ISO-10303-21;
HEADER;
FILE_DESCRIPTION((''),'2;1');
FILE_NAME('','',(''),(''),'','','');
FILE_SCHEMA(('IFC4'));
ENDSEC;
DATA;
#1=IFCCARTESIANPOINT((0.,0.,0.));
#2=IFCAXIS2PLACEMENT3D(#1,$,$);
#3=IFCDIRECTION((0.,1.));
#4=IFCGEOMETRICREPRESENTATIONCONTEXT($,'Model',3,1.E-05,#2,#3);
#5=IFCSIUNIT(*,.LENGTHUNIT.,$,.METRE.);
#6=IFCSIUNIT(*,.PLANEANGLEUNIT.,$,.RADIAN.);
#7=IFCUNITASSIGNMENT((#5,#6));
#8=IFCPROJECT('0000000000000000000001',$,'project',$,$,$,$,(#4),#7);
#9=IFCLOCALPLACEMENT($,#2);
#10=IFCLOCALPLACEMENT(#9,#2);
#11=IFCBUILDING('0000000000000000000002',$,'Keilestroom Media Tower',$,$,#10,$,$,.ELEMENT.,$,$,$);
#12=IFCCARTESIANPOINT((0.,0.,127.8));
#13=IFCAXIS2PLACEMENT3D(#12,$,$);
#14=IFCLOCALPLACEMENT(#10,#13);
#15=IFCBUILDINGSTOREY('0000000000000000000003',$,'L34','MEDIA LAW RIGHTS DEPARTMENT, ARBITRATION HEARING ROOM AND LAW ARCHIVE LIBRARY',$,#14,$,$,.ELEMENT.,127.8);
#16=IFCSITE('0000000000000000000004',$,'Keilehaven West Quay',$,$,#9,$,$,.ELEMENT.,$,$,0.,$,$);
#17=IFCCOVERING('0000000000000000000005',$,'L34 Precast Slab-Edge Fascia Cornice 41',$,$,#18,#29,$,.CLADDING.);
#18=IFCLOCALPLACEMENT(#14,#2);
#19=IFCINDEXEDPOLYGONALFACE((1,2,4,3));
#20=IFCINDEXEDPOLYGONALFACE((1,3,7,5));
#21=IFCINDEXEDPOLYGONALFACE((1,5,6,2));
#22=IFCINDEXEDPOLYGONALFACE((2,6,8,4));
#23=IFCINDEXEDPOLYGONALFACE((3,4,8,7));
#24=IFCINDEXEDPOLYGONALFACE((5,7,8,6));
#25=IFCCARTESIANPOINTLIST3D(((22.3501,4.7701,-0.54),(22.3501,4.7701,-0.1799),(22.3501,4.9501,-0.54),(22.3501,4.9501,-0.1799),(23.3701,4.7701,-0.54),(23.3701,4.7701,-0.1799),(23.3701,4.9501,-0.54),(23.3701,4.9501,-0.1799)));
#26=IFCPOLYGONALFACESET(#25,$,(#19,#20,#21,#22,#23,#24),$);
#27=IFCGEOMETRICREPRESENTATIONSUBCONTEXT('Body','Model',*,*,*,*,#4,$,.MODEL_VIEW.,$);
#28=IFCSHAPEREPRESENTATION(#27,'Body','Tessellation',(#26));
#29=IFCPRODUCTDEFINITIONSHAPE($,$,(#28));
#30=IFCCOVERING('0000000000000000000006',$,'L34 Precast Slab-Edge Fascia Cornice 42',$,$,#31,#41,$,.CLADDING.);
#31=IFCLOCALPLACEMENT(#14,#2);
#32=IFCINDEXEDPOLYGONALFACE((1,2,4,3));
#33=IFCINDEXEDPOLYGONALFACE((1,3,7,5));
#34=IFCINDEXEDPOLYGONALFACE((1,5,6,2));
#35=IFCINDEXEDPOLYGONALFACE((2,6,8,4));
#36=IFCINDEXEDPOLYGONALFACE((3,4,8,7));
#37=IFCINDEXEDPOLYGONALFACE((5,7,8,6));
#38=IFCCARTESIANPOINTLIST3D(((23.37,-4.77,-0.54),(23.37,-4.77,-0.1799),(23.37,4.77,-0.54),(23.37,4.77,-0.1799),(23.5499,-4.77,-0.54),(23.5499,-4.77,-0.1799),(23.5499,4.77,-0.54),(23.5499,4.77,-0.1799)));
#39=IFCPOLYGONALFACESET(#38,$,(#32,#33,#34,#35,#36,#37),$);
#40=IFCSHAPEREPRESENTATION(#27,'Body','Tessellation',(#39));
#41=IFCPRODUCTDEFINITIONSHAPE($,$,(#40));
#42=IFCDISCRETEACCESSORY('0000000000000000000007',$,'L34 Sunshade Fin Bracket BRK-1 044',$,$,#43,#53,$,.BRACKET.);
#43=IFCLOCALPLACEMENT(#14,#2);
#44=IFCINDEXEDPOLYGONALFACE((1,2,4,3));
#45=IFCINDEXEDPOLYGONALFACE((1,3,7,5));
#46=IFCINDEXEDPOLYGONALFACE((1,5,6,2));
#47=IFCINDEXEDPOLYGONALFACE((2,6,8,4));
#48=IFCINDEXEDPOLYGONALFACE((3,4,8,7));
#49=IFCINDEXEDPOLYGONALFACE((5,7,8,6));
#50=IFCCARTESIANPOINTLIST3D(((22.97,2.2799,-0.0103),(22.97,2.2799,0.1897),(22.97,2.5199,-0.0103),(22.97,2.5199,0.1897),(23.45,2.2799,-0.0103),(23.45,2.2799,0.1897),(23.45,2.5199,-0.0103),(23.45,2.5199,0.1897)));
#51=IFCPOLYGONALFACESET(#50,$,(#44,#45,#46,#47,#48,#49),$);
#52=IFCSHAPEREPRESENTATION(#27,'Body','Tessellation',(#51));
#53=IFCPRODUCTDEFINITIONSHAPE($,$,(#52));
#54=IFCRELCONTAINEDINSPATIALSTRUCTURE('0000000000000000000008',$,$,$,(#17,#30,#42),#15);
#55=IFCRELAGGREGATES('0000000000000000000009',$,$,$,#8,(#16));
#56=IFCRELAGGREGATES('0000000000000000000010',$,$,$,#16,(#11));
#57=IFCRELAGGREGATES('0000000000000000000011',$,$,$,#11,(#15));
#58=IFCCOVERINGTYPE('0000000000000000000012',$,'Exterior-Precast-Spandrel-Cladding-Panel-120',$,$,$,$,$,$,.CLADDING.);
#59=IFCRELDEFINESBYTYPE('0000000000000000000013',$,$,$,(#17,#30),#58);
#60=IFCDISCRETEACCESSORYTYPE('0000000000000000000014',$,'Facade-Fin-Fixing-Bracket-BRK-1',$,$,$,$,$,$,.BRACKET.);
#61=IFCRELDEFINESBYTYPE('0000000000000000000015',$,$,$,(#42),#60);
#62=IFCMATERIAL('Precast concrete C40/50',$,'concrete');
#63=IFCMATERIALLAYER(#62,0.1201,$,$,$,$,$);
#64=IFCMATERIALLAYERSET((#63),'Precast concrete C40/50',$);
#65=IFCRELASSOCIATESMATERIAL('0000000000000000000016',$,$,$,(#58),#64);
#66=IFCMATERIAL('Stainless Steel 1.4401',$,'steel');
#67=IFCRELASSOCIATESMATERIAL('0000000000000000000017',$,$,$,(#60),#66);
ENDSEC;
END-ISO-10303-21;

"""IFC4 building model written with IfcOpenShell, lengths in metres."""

from ifc_helpers import new_model, si_unit, direction, frame, origin, origin_2d, place, context, subcontext, project, spatial, rectangle, extrude, source, transform, mapped, material, layer, layer_set, type_object, element, save


model = new_model("IFC4")

# Units and contexts
model_context = context("Model", 3, precision=1e-05, world=origin(), true_north=direction((0.0, 1.0)))
body_context = subcontext(model_context, "Body", "Model", "MODEL_VIEW")
ifc_project = project(units=[si_unit("LENGTHUNIT", "METRE"), si_unit("PLANEANGLEUNIT", "RADIAN")], contexts=[model_context])

# Site, building, storey
site_placement = place(None, origin())
site = spatial("IfcSite", under=ifc_project, at=site_placement, Name="Keilehaven West Quay", CompositionType="ELEMENT", RefElevation=0.0)
building_placement = place(site_placement, origin())
building = spatial("IfcBuilding", under=site, at=building_placement, Name="Keilestroom Media Tower", CompositionType="ELEMENT")
storey_placement = place(building_placement, frame((0.0, 0.0, 127.8)))
storey = spatial("IfcBuildingStorey", under=building, at=storey_placement, Name="L34", Description="MEDIA LAW RIGHTS DEPARTMENT, ARBITRATION HEARING ROOM AND LAW ARCHIVE LIBRARY", CompositionType="ELEMENT", Elevation=127.8)

# Shared definitions
ifc_material_1 = material(Name="Precast concrete C40/50", Category="concrete")

# Coverings
ifc_layer_1 = layer(ifc_material_1, 0.1201)
ifc_layer_set_1 = layer_set([ifc_layer_1], Name="Precast concrete C40/50")
covering_type = type_object("IfcCoveringType", Name="Exterior-Precast-Spandrel-Cladding-Panel-120", PredefinedType="CLADDING", material=ifc_layer_set_1)
shared_shape_1 = source(origin(), body_context, "Body", "SweptSolid", [
    extrude(rectangle(XDim=1.02, YDim=0.1799, at=origin_2d()), origin(), (0.0, 0.0, 1.0), 0.3601),
])
for number, where, z_axis, x_axis, name in (
    (1, (22.8601, 4.8601, -0.54), (0.0, 0.0, 1.0), (1.0, 0.0, 0.0), "L34 Precast Slab-Edge Fascia Cornice 41"),
):
    element("IfcCovering", number, at=place(storey_placement, frame(where, z_axis=z_axis, x_axis=x_axis)), inside=storey, type_object=covering_type, Name=name, PredefinedType="CLADDING", context=body_context, shape_type="MappedRepresentation", body=[
        mapped(shared_shape_1, transform((0.0, 0.0, 0.0), x_axis=(1.0, 0.0, 0.0), y_axis=(0.0, 1.0, 0.0), z_axis=(0.0, 0.0, 1.0), scale=1.0)),
    ])
shared_shape_2 = source(origin(), body_context, "Body", "SweptSolid", [
    extrude(rectangle(XDim=9.54, YDim=0.1799, at=origin_2d()), origin(), (0.0, 0.0, 1.0), 0.3601),
])
covering_placement = place(storey_placement, frame((23.46, 0.0, -0.54), z_axis=(0.0, 0.0, 1.0), x_axis=(0.0, -1.0, 0.0)))
element("IfcCovering", 2, at=covering_placement, inside=storey, type_object=covering_type, Name="L34 Precast Slab-Edge Fascia Cornice 42", PredefinedType="CLADDING", context=body_context, shape_type="MappedRepresentation", body=[
    mapped(shared_shape_2, transform((0.0, 0.0, 0.0), x_axis=(1.0, 0.0, 0.0), y_axis=(0.0, 1.0, 0.0), z_axis=(0.0, 0.0, 1.0), scale=1.0)),
])

# Discrete accessory
ifc_material_2 = material(Name="Stainless Steel 1.4401", Category="steel")
discrete_accessory_type = type_object("IfcDiscreteAccessoryType", Name="Facade-Fin-Fixing-Bracket-BRK-1", PredefinedType="BRACKET", material=ifc_material_2)
shared_shape_3 = source(origin(), body_context, "Body", "SweptSolid", [
    extrude(rectangle(XDim=0.48, YDim=0.24, at=origin_2d()), origin(), (0.0, 0.0, 1.0), 0.2),
])
discrete_accessory_placement = place(storey_placement, frame((23.21, 2.3999, -0.0103), z_axis=(0.0, 0.0, 1.0), x_axis=(1.0, 0.0, 0.0)))
element("IfcDiscreteAccessory", 3, at=discrete_accessory_placement, inside=storey, type_object=discrete_accessory_type, Name="L34 Sunshade Fin Bracket BRK-1 044", PredefinedType="BRACKET", context=body_context, shape_type="MappedRepresentation", body=[
    mapped(shared_shape_3, transform((0.0, 0.0, 0.0), x_axis=(1.0, 0.0, 0.0), y_axis=(0.0, 1.0, 0.0), z_axis=(0.0, 0.0, 1.0), scale=1.0)),
])

save(model, "model.ifc")
